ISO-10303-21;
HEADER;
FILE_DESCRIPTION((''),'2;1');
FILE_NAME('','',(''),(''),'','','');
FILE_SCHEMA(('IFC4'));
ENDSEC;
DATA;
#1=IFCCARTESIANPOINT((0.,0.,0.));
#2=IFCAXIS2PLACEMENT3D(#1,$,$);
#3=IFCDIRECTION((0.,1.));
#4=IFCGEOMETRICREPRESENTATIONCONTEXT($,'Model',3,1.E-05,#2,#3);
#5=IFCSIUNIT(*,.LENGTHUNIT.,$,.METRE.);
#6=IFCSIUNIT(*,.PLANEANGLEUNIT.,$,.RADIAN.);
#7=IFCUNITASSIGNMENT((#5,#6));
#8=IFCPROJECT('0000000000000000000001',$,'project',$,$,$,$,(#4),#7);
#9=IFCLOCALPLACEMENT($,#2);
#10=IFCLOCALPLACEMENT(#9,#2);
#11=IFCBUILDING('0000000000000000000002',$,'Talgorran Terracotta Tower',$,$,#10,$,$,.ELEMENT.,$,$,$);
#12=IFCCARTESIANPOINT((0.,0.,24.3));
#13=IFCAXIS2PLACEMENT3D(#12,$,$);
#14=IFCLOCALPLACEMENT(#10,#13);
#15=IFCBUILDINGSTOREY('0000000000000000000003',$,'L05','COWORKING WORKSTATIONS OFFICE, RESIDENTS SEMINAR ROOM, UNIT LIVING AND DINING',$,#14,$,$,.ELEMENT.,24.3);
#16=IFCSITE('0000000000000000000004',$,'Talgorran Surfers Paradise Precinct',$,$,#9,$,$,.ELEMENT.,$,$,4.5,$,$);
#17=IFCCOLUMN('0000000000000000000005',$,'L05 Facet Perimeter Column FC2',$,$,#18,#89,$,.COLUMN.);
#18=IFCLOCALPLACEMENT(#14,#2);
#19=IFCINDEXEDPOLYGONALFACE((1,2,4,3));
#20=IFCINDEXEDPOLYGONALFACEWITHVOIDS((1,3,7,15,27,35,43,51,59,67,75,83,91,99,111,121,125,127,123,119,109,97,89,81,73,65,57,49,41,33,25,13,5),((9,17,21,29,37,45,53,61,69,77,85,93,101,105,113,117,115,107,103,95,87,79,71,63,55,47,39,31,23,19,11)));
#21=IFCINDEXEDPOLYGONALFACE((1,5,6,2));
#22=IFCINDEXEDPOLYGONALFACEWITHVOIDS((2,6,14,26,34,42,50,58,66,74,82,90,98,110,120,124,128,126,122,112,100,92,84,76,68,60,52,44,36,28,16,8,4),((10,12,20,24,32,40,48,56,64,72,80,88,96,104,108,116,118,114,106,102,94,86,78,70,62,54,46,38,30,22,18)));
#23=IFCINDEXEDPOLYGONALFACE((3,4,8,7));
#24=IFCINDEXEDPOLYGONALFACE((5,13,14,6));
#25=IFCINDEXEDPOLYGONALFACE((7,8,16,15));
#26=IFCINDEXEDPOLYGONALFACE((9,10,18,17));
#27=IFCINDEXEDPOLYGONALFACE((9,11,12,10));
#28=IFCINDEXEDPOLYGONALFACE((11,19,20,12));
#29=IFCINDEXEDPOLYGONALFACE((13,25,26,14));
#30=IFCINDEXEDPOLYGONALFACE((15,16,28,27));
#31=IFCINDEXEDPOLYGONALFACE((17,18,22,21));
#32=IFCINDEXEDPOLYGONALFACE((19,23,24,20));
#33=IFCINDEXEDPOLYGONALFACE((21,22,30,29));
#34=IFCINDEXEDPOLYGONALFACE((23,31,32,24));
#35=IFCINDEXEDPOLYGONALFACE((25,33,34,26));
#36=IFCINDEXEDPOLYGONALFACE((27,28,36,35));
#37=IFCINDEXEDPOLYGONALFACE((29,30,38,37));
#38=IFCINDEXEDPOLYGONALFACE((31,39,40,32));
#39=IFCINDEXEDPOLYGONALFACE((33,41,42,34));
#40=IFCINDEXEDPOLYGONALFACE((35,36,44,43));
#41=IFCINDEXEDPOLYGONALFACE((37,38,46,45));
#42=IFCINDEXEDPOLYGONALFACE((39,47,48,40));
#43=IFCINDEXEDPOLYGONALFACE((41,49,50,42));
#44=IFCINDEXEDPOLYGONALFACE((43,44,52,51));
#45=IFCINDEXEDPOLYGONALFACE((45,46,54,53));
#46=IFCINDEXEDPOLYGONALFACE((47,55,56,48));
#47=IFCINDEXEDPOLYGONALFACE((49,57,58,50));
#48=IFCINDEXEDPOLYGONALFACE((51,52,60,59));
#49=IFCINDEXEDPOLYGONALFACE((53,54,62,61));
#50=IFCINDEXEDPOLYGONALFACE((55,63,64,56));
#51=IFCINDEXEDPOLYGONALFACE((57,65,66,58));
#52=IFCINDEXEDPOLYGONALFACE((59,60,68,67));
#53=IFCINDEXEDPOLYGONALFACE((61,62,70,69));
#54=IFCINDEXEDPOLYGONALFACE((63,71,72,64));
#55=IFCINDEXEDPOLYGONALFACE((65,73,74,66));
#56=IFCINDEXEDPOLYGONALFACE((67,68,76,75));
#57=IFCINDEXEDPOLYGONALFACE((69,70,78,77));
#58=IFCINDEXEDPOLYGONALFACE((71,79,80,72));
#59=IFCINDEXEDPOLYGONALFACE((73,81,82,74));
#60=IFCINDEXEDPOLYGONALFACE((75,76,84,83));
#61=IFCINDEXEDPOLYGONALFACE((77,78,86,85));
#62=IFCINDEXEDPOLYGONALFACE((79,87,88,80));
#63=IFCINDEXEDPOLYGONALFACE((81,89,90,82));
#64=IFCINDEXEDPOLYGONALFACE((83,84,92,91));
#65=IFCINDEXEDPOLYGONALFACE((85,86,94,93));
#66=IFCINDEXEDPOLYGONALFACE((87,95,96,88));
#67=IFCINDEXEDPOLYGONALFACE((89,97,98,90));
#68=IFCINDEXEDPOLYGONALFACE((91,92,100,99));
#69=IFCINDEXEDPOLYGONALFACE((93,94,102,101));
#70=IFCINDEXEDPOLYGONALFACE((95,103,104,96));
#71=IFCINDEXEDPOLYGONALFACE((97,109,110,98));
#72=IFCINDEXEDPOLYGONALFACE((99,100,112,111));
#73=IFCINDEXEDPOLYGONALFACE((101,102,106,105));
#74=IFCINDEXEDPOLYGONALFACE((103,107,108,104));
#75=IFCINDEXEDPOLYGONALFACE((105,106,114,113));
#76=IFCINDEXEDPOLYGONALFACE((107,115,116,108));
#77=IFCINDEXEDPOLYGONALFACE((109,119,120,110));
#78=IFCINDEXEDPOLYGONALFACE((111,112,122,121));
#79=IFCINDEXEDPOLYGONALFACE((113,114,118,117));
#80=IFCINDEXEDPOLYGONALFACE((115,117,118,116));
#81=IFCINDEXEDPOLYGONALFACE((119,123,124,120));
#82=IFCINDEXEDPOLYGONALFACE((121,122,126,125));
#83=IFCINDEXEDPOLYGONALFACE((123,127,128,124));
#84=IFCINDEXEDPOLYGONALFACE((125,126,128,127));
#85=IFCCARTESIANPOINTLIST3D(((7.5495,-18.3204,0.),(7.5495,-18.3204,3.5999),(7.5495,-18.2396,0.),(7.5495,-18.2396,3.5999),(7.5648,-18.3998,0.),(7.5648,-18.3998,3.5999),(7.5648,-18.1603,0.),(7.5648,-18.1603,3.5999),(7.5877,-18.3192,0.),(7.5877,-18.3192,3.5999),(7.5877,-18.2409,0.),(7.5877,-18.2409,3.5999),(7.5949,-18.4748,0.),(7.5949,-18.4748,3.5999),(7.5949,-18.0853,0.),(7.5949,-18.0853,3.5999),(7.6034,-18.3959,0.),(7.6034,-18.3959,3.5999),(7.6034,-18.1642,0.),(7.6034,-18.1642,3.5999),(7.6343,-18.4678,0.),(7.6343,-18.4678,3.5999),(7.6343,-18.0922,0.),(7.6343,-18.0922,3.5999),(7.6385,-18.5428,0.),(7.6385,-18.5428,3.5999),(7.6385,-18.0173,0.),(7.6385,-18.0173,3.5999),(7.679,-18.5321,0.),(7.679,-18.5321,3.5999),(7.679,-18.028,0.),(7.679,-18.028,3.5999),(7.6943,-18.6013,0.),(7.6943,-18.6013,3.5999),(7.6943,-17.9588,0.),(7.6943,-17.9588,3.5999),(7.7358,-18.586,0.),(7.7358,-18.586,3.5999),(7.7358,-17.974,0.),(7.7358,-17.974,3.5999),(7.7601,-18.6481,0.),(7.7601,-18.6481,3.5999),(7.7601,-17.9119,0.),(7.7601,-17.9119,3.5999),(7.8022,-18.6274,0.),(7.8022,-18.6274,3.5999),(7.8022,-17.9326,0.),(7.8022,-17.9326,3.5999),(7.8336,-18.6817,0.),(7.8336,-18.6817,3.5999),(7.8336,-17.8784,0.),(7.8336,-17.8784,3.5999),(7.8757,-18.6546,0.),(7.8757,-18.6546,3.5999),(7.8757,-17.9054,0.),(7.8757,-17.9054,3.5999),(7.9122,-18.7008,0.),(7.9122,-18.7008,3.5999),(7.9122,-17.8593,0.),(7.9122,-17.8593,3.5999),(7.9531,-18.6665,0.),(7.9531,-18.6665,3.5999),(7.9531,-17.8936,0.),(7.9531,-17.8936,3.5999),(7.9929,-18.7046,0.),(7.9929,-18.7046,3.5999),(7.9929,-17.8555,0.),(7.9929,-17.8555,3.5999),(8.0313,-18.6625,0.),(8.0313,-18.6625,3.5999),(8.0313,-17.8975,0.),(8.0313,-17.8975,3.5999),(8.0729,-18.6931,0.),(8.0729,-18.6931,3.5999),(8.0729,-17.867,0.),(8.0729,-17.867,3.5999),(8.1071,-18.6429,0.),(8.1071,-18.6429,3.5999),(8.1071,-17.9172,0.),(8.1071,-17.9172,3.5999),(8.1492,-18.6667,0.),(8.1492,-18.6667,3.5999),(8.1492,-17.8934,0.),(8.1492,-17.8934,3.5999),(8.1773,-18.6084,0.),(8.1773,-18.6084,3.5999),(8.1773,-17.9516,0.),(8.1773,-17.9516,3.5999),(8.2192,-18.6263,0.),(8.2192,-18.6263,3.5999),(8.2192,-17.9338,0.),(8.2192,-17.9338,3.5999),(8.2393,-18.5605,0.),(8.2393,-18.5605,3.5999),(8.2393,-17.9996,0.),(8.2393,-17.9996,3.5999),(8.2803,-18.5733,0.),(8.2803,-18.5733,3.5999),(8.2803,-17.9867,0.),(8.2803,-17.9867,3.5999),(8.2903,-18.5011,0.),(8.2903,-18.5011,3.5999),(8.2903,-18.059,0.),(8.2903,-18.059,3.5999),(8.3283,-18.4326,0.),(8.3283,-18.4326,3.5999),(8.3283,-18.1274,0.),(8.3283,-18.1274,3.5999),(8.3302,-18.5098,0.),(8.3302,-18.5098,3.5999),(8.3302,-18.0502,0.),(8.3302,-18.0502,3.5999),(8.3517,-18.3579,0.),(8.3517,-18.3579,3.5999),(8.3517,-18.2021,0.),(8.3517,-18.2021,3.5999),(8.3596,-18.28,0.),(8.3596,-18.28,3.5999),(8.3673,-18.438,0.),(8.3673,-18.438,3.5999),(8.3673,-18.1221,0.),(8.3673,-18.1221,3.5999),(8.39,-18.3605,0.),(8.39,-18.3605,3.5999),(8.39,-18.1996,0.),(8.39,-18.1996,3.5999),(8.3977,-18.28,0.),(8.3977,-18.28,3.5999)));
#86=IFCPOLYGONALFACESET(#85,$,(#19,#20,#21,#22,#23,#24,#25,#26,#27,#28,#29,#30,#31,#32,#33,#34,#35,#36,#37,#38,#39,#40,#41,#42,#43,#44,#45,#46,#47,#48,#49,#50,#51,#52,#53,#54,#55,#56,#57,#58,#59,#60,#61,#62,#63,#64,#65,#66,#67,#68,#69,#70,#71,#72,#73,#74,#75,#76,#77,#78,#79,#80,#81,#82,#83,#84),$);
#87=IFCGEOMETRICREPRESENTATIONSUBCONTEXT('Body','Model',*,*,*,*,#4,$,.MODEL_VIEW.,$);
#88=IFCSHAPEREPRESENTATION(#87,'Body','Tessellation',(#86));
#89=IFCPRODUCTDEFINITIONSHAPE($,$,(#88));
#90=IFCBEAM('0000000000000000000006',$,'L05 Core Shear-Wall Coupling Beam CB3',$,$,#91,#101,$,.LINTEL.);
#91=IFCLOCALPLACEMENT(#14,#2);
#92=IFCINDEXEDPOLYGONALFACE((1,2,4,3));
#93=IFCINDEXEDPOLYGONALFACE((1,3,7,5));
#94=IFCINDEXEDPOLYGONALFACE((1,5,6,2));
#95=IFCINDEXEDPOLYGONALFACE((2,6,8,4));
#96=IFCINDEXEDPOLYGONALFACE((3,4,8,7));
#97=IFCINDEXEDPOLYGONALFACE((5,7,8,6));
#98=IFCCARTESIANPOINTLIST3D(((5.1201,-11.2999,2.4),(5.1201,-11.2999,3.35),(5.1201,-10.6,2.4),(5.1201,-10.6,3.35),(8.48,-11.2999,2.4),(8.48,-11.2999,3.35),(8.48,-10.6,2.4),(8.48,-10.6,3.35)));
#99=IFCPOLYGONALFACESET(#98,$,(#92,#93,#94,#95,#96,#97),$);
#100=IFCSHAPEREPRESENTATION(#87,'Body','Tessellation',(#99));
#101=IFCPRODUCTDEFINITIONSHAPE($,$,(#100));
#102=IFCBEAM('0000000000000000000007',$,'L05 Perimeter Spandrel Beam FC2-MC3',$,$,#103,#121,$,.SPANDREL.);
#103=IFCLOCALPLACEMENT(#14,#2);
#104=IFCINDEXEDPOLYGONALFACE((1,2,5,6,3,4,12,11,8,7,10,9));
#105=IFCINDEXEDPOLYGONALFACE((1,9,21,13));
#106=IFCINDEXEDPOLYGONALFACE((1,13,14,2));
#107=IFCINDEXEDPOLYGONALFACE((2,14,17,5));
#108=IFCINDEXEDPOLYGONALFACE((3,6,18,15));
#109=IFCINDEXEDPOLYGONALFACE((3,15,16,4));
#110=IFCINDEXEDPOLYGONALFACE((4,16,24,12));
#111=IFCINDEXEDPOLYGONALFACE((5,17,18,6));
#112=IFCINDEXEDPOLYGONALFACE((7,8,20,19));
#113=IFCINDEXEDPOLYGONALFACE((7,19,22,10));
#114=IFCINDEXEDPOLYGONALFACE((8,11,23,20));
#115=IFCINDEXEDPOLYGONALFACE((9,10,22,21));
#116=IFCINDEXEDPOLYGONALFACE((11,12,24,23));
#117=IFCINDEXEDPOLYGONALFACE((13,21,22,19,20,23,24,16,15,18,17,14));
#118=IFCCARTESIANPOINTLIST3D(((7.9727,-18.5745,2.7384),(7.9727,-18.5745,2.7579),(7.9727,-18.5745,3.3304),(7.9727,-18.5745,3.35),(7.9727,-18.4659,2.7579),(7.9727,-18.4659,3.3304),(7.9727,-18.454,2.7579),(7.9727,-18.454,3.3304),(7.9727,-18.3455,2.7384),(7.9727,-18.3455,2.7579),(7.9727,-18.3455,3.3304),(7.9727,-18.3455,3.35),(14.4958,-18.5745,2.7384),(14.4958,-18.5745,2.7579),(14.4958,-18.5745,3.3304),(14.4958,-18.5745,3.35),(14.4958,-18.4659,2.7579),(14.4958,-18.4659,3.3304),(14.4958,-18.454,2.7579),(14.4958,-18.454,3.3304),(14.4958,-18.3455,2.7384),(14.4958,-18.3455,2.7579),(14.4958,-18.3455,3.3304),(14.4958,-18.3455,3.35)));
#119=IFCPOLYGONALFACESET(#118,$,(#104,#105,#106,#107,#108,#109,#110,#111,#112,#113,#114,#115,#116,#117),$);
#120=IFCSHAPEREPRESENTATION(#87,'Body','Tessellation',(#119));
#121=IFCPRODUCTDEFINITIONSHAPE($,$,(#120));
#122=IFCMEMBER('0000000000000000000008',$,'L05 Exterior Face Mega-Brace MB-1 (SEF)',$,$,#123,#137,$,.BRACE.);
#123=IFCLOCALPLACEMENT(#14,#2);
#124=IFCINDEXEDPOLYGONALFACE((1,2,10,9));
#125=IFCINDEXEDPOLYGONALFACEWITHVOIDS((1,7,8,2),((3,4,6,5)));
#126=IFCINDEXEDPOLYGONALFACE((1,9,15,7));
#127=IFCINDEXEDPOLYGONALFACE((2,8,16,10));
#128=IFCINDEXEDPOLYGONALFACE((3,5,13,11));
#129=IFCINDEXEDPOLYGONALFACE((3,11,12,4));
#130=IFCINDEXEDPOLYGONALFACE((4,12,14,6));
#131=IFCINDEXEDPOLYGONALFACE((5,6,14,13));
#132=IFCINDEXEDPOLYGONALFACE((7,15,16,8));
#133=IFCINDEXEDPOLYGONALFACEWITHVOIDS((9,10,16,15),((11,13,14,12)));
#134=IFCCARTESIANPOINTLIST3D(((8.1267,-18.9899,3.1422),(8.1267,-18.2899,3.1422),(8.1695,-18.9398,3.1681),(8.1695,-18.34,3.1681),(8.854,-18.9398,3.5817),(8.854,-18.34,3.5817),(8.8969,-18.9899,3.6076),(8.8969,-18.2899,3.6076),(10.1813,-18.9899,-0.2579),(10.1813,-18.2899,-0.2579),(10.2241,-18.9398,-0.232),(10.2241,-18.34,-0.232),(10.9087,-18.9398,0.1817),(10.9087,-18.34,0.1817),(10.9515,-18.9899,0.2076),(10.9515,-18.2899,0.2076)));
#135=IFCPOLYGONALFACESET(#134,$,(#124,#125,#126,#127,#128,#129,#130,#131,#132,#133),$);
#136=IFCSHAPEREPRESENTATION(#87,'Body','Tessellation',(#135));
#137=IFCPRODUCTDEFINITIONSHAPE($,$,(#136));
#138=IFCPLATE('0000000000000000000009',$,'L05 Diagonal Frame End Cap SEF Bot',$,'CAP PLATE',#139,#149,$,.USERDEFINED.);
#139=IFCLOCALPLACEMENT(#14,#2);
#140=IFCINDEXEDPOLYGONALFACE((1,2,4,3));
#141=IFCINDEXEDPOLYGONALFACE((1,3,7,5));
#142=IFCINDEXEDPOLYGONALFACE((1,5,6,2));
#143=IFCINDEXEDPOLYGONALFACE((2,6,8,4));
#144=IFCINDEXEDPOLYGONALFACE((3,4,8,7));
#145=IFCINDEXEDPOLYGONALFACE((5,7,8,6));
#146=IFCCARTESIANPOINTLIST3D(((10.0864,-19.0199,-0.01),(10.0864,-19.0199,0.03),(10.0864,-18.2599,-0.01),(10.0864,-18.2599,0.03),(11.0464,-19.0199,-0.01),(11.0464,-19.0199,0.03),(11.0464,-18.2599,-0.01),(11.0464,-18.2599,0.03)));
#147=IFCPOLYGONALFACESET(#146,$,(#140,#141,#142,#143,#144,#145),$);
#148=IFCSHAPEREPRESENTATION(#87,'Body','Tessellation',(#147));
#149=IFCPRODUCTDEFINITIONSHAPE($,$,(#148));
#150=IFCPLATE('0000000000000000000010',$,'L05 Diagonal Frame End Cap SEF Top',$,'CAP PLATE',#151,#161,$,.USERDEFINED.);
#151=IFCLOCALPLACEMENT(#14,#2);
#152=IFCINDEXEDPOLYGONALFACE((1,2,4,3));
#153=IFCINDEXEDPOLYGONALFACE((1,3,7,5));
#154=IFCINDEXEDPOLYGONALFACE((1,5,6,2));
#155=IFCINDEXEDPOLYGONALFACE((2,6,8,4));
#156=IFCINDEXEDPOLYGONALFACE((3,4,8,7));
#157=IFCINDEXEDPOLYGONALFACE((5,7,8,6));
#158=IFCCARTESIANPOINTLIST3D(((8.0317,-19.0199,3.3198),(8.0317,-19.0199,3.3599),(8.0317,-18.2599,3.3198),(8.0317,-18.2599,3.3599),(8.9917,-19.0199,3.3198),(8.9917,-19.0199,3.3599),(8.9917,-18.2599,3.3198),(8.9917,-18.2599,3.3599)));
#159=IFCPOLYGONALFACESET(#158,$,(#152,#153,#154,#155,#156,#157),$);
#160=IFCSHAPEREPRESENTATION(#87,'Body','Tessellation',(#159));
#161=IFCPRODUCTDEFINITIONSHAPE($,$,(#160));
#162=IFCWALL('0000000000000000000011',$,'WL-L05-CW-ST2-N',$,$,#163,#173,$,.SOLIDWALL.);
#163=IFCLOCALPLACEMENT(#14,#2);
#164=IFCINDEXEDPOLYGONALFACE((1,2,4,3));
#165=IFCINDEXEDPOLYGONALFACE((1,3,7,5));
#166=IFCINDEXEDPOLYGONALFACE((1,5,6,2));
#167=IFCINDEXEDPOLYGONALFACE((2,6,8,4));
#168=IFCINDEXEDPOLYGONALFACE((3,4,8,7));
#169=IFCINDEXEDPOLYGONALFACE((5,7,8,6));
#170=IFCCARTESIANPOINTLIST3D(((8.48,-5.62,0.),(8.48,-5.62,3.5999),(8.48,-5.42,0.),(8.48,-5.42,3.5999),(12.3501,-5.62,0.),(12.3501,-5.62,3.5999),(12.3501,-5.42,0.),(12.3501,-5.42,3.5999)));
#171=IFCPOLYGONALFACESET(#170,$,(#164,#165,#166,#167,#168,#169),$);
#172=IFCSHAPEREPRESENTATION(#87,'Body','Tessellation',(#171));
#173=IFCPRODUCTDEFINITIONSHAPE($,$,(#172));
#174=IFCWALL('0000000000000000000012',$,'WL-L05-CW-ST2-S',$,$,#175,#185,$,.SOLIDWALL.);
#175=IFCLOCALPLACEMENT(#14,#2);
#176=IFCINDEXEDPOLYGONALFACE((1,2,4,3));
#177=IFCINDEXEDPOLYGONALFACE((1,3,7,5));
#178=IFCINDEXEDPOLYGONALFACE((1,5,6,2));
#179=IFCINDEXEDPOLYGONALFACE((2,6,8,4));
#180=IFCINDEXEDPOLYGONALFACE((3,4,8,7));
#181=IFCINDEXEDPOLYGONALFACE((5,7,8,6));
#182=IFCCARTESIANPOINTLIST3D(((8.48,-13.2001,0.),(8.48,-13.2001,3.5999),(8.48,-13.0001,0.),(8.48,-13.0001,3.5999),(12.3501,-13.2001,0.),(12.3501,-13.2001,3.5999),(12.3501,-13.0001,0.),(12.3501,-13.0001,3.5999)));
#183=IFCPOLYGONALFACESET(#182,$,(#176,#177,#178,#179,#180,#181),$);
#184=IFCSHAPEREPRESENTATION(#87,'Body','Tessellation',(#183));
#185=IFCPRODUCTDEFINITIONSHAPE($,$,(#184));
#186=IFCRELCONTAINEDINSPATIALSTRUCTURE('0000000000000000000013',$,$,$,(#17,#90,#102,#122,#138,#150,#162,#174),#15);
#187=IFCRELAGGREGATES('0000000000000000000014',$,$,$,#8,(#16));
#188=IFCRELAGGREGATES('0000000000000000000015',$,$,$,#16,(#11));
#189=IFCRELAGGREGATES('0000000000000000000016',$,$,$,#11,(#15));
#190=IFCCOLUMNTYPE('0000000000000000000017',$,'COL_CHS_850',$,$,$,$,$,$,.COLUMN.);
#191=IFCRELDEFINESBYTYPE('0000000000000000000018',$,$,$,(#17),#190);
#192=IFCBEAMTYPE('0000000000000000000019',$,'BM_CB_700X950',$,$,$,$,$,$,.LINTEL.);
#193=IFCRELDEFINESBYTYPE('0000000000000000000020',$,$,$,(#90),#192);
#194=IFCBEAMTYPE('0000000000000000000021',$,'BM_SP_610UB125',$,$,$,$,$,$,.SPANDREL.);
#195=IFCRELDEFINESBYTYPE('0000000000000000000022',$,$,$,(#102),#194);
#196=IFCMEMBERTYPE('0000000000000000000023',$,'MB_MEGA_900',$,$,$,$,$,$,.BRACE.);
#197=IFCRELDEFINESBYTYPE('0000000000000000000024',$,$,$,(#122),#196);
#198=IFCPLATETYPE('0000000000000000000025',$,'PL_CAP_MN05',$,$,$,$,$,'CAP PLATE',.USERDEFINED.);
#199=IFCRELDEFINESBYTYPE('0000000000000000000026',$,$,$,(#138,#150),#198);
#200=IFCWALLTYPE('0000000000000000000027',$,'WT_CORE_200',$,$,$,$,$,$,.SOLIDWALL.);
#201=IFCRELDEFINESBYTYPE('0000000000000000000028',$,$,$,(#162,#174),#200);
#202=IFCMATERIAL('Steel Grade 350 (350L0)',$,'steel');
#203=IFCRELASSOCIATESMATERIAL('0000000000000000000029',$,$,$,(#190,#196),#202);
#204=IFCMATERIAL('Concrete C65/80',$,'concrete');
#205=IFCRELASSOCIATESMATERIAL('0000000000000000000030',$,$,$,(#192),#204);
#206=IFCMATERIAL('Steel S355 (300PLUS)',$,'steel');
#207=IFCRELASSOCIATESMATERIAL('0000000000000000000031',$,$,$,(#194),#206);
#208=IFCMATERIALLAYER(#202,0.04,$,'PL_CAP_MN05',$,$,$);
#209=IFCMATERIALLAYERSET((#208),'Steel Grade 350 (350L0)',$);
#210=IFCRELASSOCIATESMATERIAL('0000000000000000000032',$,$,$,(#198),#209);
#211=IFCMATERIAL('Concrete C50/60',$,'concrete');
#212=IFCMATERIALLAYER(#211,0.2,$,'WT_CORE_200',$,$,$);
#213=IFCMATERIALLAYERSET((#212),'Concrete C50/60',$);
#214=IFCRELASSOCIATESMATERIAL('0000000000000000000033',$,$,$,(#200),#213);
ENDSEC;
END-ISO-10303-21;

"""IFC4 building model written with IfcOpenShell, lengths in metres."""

from ifc_helpers import new_model, si_unit, direction, frame, frame_2d, origin, origin_2d, place, context, subcontext, project, spatial, rectangle, hollow_rectangle, hollow_circle, i_section, extrude, material, layer, layer_set, material_profile, profile_set, type_object, element, save


model = new_model("IFC4")

# Units and contexts
model_context = context("Model", 3, precision=1e-05, world=origin(), true_north=direction((0.0, 1.0)))
body_context = subcontext(model_context, "Body", "Model", "MODEL_VIEW")
ifc_project = project(units=[si_unit("LENGTHUNIT", "METRE"), si_unit("PLANEANGLEUNIT", "RADIAN")], contexts=[model_context])

# Site, building, storey
site_placement = place(None, origin())
site = spatial("IfcSite", under=ifc_project, at=site_placement, Name="Talgorran Surfers Paradise Precinct", CompositionType="ELEMENT", RefElevation=4.5)
building_placement = place(site_placement, origin())
building = spatial("IfcBuilding", under=site, at=building_placement, Name="Talgorran Terracotta Tower", CompositionType="ELEMENT")
storey_placement = place(building_placement, frame((0.0, 0.0, 24.3)))
storey = spatial("IfcBuildingStorey", under=building, at=storey_placement, Name="L05", Description="COWORKING WORKSTATIONS OFFICE, RESIDENTS SEMINAR ROOM, UNIT LIVING AND DINING", CompositionType="ELEMENT", Elevation=24.3)

# Column
ifc_material_1 = material(Name="Steel Grade 350 (350L0)", Category="steel")
ifc_material_profile_1 = material_profile(ifc_material_1, hollow_circle(Radius=0.425, WallThickness=0.0381, at=origin_2d()), Name="CHS850X38")
ifc_profile_set_1 = profile_set([ifc_material_profile_1], Name="Steel Grade 350 (350L0)")
column_type = type_object("IfcColumnType", Name="COL_CHS_850", PredefinedType="COLUMN", material=ifc_profile_set_1)
column_placement = place(storey_placement, frame((7.9727, -18.28, 0.0), z_axis=(0.0, 0.0, 1.0), x_axis=(1.0, 0.0, 0.0)))
element("IfcColumn", 1, at=column_placement, inside=storey, type_object=column_type, Name="L05 Facet Perimeter Column FC2", PredefinedType="COLUMN", context=body_context, shape_type="SweptSolid", body=[
    extrude(hollow_circle(Radius=0.425, WallThickness=0.0381, at=origin_2d()), origin(), (0.0, 0.0, 1.0), 3.5999),
])

# Beams
ifc_material_2 = material(Name="Concrete C65/80", Category="concrete")
ifc_material_profile_2 = material_profile(ifc_material_2, rectangle(XDim=0.7, YDim=0.95, at=origin_2d()), Name="RCCB700X950")
ifc_profile_set_2 = profile_set([ifc_material_profile_2], Name="Concrete C65/80")
beam_type_1 = type_object("IfcBeamType", Name="BM_CB_700X950", PredefinedType="LINTEL", material=ifc_profile_set_2)
beam_1_placement = place(storey_placement, frame((5.1201, -10.95, 2.875), z_axis=(1.0, 0.0, 0.0), x_axis=(0.0, 1.0, 0.0)))
element("IfcBeam", 2, at=beam_1_placement, inside=storey, type_object=beam_type_1, Name="L05 Core Shear-Wall Coupling Beam CB3", PredefinedType="LINTEL", context=body_context, shape_type="SweptSolid", body=[
    extrude(rectangle(XDim=0.7, YDim=0.95, at=origin_2d()), origin(), (0.0, 0.0, 1.0), 3.3599),
])
ifc_material_3 = material(Name="Steel S355 (300PLUS)", Category="steel")
ifc_material_profile_3 = material_profile(ifc_material_3, i_section(OverallWidth=0.229, OverallDepth=0.6116, WebThickness=0.012, FlangeThickness=0.0195, at=origin_2d()), Name="610UB125")
ifc_profile_set_3 = profile_set([ifc_material_profile_3], Name="Steel S355 (300PLUS)")
beam_type_2 = type_object("IfcBeamType", Name="BM_SP_610UB125", PredefinedType="SPANDREL", material=ifc_profile_set_3)
beam_2_placement = place(storey_placement, frame((7.9727, -18.46, 3.0442), z_axis=(1.0, 0.0, 0.0), x_axis=(0.0, 1.0, 0.0)))
element("IfcBeam", 3, at=beam_2_placement, inside=storey, type_object=beam_type_2, Name="L05 Perimeter Spandrel Beam FC2-MC3", PredefinedType="SPANDREL", context=body_context, shape_type="SweptSolid", body=[
    extrude(i_section(OverallWidth=0.229, OverallDepth=0.6116, WebThickness=0.012, FlangeThickness=0.0195, at=origin_2d()), origin(), (0.0, 0.0, 1.0), 6.5232),
])

# Member
ifc_material_profile_4 = material_profile(ifc_material_1, hollow_rectangle(XDim=0.7, YDim=0.8999, WallThickness=0.05, at=origin_2d()), Name="WBOX900X700X50")
ifc_profile_set_4 = profile_set([ifc_material_profile_4], Name="Steel Grade 350 (350L0)")
member_type = type_object("IfcMemberType", Name="MB_MEGA_900", PredefinedType="BRACE", material=ifc_profile_set_4)
member_placement = place(storey_placement, frame((10.5664, -18.6399, -0.0251), z_axis=(-0.517195, 0.0, 0.855867), x_axis=(0.0, -1.0, 0.0)))
element("IfcMember", 4, at=member_placement, inside=storey, type_object=member_type, Name="L05 Exterior Face Mega-Brace MB-1 (SEF)", PredefinedType="BRACE", context=body_context, shape_type="SweptSolid", body=[
    extrude(hollow_rectangle(XDim=0.7, YDim=0.8999, WallThickness=0.05, at=origin_2d()), origin(), (0.0, 0.0, 1.0), 3.9727),
])

# Plates
ifc_layer_1 = layer(ifc_material_1, 0.04, Name="PL_CAP_MN05")
ifc_layer_set_1 = layer_set([ifc_layer_1], Name="Steel Grade 350 (350L0)")
plate_type = type_object("IfcPlateType", Name="PL_CAP_MN05", ElementType="CAP PLATE", PredefinedType="USERDEFINED", material=ifc_layer_set_1)
for number, where, z_axis, x_axis, name in (
    (5, (10.5664, -18.6399, -0.01), (0.0, 0.0, 1.0), (-1.0, 0.0, 0.0), "L05 Diagonal Frame End Cap SEF Bot"),
    (6, (8.5117, -18.6399, 3.3198), (0.0, 0.0, 1.0), (-1.0, 0.0, 0.0), "L05 Diagonal Frame End Cap SEF Top"),
):
    element("IfcPlate", number, at=place(storey_placement, frame(where, z_axis=z_axis, x_axis=x_axis)), inside=storey, type_object=plate_type, Name=name, ObjectType="CAP PLATE", PredefinedType="USERDEFINED", context=body_context, shape_type="SweptSolid", body=[
        extrude(rectangle(XDim=0.96, YDim=0.76, at=origin_2d()), origin(), (0.0, 0.0, 1.0), 0.04),
    ])

# Walls
ifc_material_4 = material(Name="Concrete C50/60", Category="concrete")
ifc_layer_2 = layer(ifc_material_4, 0.2, Name="WT_CORE_200")
ifc_layer_set_2 = layer_set([ifc_layer_2], Name="Concrete C50/60")
wall_type_1 = type_object("IfcWallType", Name="WT_CORE_200", PredefinedType="SOLIDWALL", material=ifc_layer_set_2)
for number, where, z_axis, x_axis, name in (
    (7, (8.48, -5.52, 0.0), (0.0, 0.0, 1.0), (1.0, 0.0, 0.0), "WL-L05-CW-ST2-N"),
    (8, (8.48, -13.1001, 0.0), (0.0, 0.0, 1.0), (1.0, 0.0, 0.0), "WL-L05-CW-ST2-S"),
):
    element("IfcWall", number, at=place(storey_placement, frame(where, z_axis=z_axis, x_axis=x_axis)), inside=storey, type_object=wall_type_1, Name=name, PredefinedType="SOLIDWALL", context=body_context, shape_type="SweptSolid", body=[
        extrude(rectangle(XDim=3.8701, YDim=0.2, at=frame_2d((1.9351, 0.0))), origin(), (0.0, 0.0, 1.0), 3.5999),
    ])

save(model, "model.ifc")
